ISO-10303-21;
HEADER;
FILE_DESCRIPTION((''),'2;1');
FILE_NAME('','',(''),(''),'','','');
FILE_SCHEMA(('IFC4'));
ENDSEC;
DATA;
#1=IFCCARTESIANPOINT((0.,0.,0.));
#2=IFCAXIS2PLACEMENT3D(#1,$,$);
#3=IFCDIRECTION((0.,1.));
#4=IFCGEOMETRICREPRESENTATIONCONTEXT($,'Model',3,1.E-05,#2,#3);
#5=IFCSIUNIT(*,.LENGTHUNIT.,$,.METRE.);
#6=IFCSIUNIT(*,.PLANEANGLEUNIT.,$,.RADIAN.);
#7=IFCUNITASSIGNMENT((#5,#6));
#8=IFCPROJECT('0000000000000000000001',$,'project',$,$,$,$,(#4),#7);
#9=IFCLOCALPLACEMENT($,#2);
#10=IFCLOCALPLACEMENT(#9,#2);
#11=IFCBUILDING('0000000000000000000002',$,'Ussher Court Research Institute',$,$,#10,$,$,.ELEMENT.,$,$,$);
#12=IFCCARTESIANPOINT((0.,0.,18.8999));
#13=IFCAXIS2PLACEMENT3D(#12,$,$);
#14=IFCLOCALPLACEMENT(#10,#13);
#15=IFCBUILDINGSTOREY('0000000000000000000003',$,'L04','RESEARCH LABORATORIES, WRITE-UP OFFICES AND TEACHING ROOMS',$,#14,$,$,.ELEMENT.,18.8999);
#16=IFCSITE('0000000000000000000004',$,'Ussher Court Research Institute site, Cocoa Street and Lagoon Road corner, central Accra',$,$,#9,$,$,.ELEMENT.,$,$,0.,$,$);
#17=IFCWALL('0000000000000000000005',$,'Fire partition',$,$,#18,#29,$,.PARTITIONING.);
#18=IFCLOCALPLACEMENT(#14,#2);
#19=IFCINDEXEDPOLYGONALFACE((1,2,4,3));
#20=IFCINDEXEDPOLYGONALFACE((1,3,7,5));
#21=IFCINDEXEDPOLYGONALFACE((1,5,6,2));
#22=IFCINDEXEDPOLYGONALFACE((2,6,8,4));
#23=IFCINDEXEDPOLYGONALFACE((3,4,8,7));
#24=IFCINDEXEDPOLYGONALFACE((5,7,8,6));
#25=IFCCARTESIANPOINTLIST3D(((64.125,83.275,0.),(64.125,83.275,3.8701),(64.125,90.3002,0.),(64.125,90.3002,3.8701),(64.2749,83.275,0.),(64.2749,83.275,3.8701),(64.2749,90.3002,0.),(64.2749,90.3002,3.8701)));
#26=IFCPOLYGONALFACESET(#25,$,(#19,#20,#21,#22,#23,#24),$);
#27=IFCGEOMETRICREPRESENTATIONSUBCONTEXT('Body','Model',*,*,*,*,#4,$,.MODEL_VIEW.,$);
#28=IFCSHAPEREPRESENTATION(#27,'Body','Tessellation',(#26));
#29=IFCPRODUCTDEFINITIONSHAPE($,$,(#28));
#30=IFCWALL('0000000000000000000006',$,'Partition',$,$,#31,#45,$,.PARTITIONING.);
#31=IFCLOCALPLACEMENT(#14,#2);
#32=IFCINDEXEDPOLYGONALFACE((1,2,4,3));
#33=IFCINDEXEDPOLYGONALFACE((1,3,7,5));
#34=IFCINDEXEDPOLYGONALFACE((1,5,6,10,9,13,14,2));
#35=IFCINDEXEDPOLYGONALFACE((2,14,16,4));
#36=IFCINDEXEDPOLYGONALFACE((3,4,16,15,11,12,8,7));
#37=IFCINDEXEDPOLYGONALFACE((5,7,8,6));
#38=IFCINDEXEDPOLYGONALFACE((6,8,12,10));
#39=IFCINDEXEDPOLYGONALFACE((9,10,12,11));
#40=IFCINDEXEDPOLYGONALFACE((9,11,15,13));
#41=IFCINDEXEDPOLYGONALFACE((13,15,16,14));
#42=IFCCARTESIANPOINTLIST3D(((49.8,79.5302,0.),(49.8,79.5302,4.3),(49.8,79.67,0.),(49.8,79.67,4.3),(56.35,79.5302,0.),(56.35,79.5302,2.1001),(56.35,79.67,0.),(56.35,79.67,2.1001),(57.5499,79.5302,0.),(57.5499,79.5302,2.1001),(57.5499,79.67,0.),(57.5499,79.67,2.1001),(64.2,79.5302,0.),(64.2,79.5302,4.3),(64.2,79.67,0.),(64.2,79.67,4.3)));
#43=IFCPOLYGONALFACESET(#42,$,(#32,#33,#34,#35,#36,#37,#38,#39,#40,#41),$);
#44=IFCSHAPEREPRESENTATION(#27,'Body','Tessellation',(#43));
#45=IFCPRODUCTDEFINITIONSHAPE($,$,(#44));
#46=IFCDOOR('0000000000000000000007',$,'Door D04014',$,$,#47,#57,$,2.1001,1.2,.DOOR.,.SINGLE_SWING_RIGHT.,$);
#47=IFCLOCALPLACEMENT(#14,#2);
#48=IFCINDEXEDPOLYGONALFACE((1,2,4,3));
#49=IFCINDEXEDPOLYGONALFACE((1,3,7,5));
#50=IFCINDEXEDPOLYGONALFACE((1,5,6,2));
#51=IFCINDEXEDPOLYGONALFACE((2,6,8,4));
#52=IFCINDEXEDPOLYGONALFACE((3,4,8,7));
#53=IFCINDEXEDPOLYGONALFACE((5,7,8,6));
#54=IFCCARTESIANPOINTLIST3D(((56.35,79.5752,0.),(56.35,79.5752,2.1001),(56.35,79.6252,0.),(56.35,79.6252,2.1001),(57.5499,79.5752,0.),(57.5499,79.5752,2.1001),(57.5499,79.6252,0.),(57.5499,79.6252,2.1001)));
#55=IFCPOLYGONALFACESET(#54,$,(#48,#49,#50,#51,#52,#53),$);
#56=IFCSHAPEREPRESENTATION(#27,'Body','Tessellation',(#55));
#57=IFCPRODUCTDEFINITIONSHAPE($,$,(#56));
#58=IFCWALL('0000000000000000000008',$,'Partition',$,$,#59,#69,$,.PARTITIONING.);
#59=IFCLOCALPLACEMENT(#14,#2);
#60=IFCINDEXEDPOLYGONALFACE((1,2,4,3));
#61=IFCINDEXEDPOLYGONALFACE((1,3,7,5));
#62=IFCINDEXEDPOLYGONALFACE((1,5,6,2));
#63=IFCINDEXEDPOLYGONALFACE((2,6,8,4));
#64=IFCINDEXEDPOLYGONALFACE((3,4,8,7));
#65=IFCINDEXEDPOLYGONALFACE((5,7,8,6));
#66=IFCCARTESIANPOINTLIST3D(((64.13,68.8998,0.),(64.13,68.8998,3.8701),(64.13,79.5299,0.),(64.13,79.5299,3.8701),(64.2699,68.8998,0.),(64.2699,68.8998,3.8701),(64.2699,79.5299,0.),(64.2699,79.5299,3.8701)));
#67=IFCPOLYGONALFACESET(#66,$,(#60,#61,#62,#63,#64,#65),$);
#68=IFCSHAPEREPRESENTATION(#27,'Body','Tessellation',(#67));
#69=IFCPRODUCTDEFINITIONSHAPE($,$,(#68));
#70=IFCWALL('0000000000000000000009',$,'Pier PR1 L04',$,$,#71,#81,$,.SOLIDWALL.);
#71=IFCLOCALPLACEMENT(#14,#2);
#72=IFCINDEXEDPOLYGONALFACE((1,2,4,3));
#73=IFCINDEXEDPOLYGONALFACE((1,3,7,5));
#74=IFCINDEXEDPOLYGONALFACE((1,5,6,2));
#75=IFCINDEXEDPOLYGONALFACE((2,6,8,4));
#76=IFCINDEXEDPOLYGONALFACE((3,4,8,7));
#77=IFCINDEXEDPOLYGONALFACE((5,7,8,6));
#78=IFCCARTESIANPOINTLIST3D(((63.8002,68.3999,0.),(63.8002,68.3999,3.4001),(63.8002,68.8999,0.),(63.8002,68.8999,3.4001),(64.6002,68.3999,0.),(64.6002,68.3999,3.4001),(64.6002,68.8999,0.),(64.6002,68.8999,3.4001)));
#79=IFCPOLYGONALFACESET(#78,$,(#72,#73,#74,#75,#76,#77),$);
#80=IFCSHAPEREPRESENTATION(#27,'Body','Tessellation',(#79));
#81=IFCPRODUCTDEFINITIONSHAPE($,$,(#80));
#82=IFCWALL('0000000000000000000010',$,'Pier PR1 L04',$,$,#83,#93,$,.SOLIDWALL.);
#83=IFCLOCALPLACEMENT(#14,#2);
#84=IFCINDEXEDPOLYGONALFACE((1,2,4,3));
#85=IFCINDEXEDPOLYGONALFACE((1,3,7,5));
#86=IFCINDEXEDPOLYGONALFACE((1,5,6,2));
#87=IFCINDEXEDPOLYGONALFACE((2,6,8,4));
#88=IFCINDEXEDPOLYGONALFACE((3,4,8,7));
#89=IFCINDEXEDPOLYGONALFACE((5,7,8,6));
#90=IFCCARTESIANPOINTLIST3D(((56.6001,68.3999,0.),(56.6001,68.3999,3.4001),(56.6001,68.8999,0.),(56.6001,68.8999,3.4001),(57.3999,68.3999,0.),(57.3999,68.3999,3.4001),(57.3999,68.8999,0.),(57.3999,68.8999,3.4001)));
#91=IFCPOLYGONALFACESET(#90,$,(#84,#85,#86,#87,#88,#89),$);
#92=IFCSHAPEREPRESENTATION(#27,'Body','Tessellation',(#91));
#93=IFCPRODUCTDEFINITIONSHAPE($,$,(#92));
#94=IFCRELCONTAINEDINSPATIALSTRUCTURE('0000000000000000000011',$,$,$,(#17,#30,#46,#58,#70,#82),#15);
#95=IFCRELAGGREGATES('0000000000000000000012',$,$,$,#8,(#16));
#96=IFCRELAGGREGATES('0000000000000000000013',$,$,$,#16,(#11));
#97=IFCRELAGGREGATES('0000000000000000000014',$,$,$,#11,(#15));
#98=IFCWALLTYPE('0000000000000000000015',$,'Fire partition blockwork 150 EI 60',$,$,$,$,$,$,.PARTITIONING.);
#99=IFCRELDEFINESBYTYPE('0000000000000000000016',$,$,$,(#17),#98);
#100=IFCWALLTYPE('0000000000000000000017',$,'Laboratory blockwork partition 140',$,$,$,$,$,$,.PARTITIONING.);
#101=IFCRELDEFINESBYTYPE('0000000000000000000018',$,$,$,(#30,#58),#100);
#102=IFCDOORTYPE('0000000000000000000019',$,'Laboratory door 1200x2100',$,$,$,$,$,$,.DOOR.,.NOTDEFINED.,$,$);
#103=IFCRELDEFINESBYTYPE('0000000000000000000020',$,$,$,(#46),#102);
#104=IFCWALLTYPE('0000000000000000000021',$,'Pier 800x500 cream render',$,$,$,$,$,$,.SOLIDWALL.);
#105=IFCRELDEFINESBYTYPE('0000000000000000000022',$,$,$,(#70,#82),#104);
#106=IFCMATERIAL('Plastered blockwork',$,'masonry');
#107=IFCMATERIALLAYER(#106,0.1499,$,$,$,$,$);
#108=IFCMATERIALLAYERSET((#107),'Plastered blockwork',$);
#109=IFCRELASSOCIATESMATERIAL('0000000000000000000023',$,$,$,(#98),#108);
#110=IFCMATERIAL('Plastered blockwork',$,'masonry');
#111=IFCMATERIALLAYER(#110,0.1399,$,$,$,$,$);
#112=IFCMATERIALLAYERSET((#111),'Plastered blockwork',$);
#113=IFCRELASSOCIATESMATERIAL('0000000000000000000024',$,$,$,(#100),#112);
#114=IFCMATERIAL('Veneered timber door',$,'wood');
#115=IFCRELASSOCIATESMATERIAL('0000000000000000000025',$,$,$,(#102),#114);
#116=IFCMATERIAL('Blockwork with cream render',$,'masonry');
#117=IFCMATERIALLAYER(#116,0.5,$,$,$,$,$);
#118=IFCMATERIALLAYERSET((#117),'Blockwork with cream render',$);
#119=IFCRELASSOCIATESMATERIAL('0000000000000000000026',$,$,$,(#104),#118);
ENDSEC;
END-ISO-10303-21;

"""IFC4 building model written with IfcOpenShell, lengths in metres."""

from ifc_helpers import new_model, si_unit, direction, frame, frame_2d, origin, place, context, subcontext, project, spatial, rectangle, extrude, material, layer, layer_set, type_object, element, fill, save


model = new_model("IFC4")

# Units and contexts
model_context = context("Model", 3, precision=1e-05, world=origin(), true_north=direction((0.0, 1.0)))
body_context = subcontext(model_context, "Body", "Model", "MODEL_VIEW")
ifc_project = project(units=[si_unit("LENGTHUNIT", "METRE"), si_unit("PLANEANGLEUNIT", "RADIAN")], contexts=[model_context])

# Site, building, storey
site_placement = place(None, origin())
site = spatial("IfcSite", under=ifc_project, at=site_placement, Name="Ussher Court Research Institute site, Cocoa Street and Lagoon Road corner, central Accra", CompositionType="ELEMENT", RefElevation=0.0)
building_placement = place(site_placement, origin())
building = spatial("IfcBuilding", under=site, at=building_placement, Name="Ussher Court Research Institute", CompositionType="ELEMENT")
storey_placement = place(building_placement, frame((0.0, 0.0, 18.8999)))
storey = spatial("IfcBuildingStorey", under=building, at=storey_placement, Name="L04", Description="RESEARCH LABORATORIES, WRITE-UP OFFICES AND TEACHING ROOMS", CompositionType="ELEMENT", Elevation=18.8999)

# Shared definitions
ifc_material_1 = material(Name="Plastered blockwork", Category="masonry")
ifc_layer_1 = layer(ifc_material_1, 0.1499)
ifc_layer_set_1 = layer_set([ifc_layer_1], Name="Plastered blockwork")
wall_type_1 = type_object("IfcWallType", Name="Fire partition blockwork 150 EI 60", PredefinedType="PARTITIONING", material=ifc_layer_set_1)

# Wall
wall_1_placement = place(storey_placement, frame((64.2, 83.2749, 0.0), z_axis=(0.0, 0.0, 1.0), x_axis=(0.0, 1.0, 0.0)))
element("IfcWall", 1, at=wall_1_placement, inside=storey, type_object=wall_type_1, Name="Fire partition", PredefinedType="PARTITIONING", context=body_context, shape_type="SweptSolid", body=[
    extrude(rectangle(XDim=7.0251, YDim=0.1499, at=frame_2d((3.5127, 0.0))), origin(), (0.0, 0.0, 1.0), 3.8701),
])

# Wall, opening, door
ifc_material_2 = material(Name="Plastered blockwork", Category="masonry")
ifc_layer_2 = layer(ifc_material_2, 0.1399)
ifc_layer_set_2 = layer_set([ifc_layer_2], Name="Plastered blockwork")
wall_type_2 = type_object("IfcWallType", Name="Laboratory blockwork partition 140", PredefinedType="PARTITIONING", material=ifc_layer_set_2)
wall_2_placement = place(storey_placement, frame((64.2, 79.6001, 0.0), z_axis=(0.0, 0.0, 1.0), x_axis=(-1.0, 0.0, 0.0)))
wall_2 = element("IfcWall", 2, at=wall_2_placement, inside=storey, type_object=wall_type_2, Name="Partition", PredefinedType="PARTITIONING", context=body_context, shape_type="SweptSolid", body=[
    extrude(rectangle(XDim=14.3999, YDim=0.1399, at=frame_2d((7.2, 0.0))), origin(), (0.0, 0.0, 1.0), 4.3),
])
opening_1_placement = place(wall_2_placement, frame((6.6499, 0.0, 0.0)))
opening_1 = element("IfcOpeningElement", 3, at=opening_1_placement, cuts=wall_2, PredefinedType="OPENING", context=body_context, shape_type="SweptSolid", body=[
    extrude(rectangle(XDim=1.2, YDim=2.1001, at=frame_2d((0.6001, 1.05))), frame((0.0, 0.0801, 0.0), z_axis=(0.0, -1.0, 0.0), x_axis=(1.0, 0.0, 0.0)), (0.0, 0.0, 1.0), 0.1599),
])
ifc_material_3 = material(Name="Veneered timber door", Category="wood")
door_type_1 = type_object("IfcDoorType", Name="Laboratory door 1200x2100", OperationType="NOTDEFINED", PredefinedType="DOOR", material=ifc_material_3)
door_1_placement = place(opening_1_placement, origin())
door_1 = element("IfcDoor", 4, at=door_1_placement, inside=storey, type_object=door_type_1, Name="Door D04014", OperationType="SINGLE_SWING_RIGHT", OverallHeight=2.1001, OverallWidth=1.2, PredefinedType="DOOR", context=body_context, shape_type="SweptSolid", body=[
    extrude(rectangle(XDim=1.2, YDim=2.1001, at=frame_2d((0.6001, 1.05))), frame((0.0, 0.0249, 0.0), z_axis=(0.0, -1.0, 0.0), x_axis=(1.0, 0.0, 0.0)), (0.0, 0.0, 1.0), 0.05),
])
fill(opening_1, door_1)

# Walls
wall_3_placement = place(storey_placement, frame((64.2, 68.8999, 0.0), z_axis=(0.0, 0.0, 1.0), x_axis=(0.0, 1.0, 0.0)))
element("IfcWall", 5, at=wall_3_placement, inside=storey, type_object=wall_type_2, Name="Partition", PredefinedType="PARTITIONING", context=body_context, shape_type="SweptSolid", body=[
    extrude(rectangle(XDim=10.6301, YDim=0.1399, at=frame_2d((5.3149, 0.0))), origin(), (0.0, 0.0, 1.0), 3.8701),
])
ifc_material_4 = material(Name="Blockwork with cream render", Category="masonry")
ifc_layer_3 = layer(ifc_material_4, 0.5)
ifc_layer_set_3 = layer_set([ifc_layer_3], Name="Blockwork with cream render")
wall_type_3 = type_object("IfcWallType", Name="Pier 800x500 cream render", PredefinedType="SOLIDWALL", material=ifc_layer_set_3)
wall_4_placement = place(storey_placement, frame((64.6001, 68.6499, 0.0), z_axis=(0.0, 0.0, 1.0), x_axis=(-1.0, 0.0, 0.0)))
element("IfcWall", 6, at=wall_4_placement, inside=storey, type_object=wall_type_3, Name="Pier PR1 L04", PredefinedType="SOLIDWALL", context=body_context, shape_type="SweptSolid", body=[
    extrude(rectangle(XDim=0.8, YDim=0.5, at=frame_2d((0.3999, 0.0))), origin(), (0.0, 0.0, 1.0), 3.4001),
])
wall_5_placement = place(storey_placement, frame((57.3999, 68.6499, 0.0), z_axis=(0.0, 0.0, 1.0), x_axis=(-1.0, 0.0, 0.0)))
element("IfcWall", 7, at=wall_5_placement, inside=storey, type_object=wall_type_3, Name="Pier PR1 L04", PredefinedType="SOLIDWALL", context=body_context, shape_type="SweptSolid", body=[
    extrude(rectangle(XDim=0.7998, YDim=0.5, at=frame_2d((0.3999, 0.0))), origin(), (0.0, 0.0, 1.0), 3.4001),
])

save(model, "model.ifc")
